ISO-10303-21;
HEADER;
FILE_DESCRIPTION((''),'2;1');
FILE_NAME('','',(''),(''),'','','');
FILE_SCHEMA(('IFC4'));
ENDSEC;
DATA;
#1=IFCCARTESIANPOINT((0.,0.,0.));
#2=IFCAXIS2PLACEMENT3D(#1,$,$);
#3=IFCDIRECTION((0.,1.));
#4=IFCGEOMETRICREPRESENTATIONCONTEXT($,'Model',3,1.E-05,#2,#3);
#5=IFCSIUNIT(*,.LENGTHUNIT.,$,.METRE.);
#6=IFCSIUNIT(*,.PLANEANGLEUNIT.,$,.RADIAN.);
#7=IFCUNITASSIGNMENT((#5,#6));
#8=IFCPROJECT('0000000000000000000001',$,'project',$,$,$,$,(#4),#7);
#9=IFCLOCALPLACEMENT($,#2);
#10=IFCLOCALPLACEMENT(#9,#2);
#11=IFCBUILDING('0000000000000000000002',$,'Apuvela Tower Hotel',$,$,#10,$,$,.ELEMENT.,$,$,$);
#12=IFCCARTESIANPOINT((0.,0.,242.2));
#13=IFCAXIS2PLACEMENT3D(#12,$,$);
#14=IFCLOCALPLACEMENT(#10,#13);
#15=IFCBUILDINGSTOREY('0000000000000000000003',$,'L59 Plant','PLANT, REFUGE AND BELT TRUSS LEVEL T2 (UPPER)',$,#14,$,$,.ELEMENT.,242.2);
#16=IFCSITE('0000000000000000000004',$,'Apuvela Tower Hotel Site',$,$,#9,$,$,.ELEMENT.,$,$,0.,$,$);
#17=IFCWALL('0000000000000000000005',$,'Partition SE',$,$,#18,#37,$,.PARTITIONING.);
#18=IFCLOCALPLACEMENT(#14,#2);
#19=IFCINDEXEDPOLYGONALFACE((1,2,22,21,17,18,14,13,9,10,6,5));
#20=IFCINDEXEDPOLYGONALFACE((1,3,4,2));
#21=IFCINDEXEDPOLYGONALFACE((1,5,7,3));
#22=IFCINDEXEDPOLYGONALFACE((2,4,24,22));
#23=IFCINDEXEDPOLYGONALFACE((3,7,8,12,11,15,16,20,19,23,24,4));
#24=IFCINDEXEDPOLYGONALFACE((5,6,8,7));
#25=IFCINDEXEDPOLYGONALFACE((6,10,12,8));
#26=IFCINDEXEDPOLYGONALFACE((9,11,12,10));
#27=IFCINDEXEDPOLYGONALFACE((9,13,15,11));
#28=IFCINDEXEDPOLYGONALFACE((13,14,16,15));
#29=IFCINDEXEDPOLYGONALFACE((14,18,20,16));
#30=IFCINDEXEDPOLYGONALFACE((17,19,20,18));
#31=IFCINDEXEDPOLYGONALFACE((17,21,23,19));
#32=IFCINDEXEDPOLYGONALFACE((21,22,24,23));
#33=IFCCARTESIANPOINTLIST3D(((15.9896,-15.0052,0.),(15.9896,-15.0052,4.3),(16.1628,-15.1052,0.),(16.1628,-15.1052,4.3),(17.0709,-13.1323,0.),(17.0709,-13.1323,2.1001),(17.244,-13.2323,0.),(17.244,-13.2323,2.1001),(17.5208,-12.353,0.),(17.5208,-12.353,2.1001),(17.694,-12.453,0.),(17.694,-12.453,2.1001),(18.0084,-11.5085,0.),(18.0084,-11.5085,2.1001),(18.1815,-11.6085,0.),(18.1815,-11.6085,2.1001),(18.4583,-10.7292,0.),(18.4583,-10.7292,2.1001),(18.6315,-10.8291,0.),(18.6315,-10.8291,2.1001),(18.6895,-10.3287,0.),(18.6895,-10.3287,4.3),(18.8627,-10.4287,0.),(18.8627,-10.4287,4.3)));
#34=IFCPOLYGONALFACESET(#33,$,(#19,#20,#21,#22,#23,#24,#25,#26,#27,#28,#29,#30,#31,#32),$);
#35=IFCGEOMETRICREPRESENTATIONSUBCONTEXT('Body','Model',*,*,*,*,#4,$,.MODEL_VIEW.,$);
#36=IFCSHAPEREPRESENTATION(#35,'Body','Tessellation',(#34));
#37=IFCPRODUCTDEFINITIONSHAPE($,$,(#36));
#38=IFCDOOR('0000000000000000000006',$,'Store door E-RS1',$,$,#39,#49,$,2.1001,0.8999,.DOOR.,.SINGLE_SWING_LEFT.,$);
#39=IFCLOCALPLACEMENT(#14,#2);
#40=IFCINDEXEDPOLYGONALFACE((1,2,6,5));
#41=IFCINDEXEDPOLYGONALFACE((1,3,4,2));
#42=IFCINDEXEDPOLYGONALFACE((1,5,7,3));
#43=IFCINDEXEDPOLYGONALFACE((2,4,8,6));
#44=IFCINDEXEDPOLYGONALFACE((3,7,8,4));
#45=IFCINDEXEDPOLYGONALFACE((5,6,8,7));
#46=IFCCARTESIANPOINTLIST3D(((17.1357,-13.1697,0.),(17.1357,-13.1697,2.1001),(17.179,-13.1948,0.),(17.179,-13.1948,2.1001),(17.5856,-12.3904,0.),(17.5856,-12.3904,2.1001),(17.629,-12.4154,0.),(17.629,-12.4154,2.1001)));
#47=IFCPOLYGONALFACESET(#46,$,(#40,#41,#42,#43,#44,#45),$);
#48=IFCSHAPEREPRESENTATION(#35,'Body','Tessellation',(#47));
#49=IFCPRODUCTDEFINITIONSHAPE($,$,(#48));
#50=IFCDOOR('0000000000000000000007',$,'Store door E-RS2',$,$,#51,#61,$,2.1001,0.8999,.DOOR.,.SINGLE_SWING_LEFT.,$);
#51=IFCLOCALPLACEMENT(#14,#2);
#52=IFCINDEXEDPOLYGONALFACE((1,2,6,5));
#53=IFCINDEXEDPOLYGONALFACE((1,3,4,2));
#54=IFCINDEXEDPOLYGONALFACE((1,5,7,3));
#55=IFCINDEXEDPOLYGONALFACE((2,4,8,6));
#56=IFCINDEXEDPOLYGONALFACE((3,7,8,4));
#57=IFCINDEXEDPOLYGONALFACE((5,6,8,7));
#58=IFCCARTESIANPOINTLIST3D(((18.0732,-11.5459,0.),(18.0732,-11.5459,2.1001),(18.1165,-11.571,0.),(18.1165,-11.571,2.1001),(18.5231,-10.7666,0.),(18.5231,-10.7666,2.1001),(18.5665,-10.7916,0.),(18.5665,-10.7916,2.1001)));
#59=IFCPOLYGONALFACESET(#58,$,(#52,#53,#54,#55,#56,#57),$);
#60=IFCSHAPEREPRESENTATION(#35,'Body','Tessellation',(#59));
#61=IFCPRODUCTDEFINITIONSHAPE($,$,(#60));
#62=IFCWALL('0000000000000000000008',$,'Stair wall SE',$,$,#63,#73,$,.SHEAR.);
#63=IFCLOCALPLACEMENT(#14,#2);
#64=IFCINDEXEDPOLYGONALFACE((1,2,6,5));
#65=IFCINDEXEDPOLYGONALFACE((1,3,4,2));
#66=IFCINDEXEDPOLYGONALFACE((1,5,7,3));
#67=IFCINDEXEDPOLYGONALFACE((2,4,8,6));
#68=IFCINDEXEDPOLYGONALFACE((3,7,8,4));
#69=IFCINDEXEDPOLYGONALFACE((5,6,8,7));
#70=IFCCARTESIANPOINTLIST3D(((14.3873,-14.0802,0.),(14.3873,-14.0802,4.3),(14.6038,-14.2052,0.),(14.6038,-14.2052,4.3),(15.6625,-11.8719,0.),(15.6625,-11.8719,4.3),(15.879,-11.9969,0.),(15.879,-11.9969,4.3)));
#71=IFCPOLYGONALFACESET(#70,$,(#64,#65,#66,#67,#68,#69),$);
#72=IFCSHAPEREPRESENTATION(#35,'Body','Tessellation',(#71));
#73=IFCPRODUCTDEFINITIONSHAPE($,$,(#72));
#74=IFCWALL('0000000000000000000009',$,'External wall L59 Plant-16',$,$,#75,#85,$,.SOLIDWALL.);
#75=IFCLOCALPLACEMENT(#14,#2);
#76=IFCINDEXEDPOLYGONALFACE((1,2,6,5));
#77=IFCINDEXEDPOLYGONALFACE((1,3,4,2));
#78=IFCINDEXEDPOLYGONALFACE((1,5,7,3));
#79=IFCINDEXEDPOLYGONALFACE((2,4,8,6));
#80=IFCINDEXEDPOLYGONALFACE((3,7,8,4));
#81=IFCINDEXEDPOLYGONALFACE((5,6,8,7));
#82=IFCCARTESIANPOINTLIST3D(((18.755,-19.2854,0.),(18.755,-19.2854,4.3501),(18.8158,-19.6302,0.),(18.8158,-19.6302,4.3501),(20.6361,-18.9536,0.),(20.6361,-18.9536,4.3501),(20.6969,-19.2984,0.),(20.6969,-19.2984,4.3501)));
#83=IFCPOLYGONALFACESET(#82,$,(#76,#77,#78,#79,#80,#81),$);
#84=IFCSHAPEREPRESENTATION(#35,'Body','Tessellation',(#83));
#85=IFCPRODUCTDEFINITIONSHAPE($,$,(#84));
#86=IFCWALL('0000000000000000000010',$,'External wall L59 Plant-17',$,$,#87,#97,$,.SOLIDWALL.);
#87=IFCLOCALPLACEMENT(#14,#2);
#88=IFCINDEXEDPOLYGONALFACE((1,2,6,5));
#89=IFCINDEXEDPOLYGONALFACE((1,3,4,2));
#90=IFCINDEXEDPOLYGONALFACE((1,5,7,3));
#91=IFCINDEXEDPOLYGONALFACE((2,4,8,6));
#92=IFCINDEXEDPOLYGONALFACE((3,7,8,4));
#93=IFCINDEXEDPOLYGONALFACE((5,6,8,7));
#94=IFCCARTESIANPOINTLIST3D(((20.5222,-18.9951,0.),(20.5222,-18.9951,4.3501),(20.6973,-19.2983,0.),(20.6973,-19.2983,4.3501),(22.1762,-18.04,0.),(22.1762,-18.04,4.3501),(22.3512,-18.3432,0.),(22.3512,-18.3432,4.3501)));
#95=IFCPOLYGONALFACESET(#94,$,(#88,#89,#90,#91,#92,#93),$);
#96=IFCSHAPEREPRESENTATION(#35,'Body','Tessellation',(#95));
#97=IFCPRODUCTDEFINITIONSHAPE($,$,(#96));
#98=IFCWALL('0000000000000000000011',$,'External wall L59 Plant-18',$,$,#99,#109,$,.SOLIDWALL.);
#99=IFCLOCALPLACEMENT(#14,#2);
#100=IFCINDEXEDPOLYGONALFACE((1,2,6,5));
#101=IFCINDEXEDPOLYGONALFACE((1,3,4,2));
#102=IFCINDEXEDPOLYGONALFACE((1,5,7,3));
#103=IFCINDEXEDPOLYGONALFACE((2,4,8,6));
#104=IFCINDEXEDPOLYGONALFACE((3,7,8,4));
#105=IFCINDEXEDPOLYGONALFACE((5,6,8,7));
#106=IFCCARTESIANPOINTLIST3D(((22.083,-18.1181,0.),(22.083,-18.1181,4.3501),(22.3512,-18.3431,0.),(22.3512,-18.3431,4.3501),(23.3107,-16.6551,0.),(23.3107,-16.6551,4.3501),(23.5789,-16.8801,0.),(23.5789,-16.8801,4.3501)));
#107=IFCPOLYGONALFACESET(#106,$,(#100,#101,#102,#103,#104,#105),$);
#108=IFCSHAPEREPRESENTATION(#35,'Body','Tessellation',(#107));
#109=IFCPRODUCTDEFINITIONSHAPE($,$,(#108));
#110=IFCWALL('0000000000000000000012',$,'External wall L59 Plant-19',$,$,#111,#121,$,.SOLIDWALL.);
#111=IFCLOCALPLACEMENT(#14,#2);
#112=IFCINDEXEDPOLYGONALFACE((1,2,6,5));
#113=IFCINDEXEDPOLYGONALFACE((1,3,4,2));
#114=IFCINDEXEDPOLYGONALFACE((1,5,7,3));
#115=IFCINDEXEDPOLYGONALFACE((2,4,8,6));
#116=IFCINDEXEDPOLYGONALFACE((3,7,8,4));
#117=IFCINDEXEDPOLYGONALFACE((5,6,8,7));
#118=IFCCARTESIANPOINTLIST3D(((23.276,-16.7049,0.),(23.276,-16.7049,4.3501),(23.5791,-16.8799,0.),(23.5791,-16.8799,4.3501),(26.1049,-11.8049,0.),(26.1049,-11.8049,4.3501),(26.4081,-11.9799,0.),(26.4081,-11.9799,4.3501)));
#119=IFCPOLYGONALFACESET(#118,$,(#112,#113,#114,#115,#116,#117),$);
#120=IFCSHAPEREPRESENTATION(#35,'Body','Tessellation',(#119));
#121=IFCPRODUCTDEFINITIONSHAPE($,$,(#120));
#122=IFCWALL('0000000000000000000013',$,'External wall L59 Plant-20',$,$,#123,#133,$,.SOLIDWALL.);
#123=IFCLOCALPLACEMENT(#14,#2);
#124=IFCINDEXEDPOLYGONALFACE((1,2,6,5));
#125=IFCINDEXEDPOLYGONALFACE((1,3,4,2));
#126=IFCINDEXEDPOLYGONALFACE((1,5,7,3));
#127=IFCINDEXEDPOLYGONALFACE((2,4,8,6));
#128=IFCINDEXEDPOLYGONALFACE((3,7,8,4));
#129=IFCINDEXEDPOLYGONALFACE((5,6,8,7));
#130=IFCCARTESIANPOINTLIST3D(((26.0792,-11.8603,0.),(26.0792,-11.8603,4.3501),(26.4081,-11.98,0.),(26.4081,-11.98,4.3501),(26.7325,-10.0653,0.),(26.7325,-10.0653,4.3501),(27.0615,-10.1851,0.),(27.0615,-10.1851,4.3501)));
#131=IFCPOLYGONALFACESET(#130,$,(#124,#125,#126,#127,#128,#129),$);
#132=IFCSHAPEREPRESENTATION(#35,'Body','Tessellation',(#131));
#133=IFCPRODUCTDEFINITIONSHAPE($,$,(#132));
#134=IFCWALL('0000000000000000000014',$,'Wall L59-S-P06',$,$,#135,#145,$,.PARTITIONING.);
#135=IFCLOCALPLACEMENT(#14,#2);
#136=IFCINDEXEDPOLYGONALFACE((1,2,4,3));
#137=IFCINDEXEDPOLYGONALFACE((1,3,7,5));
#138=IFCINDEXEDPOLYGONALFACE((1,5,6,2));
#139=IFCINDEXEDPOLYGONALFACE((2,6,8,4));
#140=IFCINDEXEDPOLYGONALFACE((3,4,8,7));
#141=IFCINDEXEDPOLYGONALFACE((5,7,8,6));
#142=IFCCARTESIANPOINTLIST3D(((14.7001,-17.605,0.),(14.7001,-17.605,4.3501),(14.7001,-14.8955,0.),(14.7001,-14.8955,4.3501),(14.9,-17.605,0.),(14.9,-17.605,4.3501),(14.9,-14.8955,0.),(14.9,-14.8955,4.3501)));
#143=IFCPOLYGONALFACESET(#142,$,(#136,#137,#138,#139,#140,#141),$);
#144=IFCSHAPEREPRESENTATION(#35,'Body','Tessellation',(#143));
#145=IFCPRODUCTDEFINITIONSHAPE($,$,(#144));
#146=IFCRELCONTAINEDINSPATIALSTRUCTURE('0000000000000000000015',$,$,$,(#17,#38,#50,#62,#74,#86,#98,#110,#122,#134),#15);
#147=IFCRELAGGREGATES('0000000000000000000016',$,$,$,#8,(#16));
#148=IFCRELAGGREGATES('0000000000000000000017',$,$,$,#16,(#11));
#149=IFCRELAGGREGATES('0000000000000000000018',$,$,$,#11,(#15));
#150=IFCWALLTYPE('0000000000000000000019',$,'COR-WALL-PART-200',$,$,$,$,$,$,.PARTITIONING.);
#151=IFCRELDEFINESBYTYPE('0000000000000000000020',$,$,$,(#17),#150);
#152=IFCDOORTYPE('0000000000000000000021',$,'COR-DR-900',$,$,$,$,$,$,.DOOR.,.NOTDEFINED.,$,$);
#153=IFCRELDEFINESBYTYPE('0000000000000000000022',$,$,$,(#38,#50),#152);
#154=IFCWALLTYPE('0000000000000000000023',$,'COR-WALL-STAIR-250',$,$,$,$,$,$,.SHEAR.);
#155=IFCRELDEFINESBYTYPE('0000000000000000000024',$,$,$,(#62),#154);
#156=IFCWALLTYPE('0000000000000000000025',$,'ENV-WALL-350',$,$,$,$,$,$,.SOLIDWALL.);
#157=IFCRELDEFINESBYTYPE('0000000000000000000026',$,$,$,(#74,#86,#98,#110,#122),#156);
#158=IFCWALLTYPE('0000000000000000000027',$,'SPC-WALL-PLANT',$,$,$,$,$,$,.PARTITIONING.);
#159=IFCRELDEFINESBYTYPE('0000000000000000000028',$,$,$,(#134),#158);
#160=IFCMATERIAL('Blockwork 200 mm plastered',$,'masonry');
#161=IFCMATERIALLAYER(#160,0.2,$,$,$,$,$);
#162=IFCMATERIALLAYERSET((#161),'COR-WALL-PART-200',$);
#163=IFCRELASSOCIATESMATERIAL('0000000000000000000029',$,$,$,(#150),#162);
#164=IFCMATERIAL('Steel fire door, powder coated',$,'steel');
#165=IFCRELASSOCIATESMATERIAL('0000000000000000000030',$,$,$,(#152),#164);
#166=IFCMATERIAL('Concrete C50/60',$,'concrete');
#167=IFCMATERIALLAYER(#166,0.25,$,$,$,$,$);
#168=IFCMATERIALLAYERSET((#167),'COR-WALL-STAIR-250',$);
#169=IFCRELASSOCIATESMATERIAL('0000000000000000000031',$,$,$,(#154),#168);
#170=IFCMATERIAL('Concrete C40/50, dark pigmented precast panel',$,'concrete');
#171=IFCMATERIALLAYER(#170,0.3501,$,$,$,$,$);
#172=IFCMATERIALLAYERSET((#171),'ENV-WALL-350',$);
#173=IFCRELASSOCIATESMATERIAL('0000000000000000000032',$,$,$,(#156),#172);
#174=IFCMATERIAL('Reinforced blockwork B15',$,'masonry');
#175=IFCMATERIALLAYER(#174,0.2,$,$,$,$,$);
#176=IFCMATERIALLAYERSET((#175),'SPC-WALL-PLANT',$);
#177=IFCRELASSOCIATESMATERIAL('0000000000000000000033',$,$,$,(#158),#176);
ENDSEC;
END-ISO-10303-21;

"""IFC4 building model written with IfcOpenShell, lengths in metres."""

from ifc_helpers import new_model, si_unit, direction, frame, frame_2d, origin, place, context, subcontext, project, spatial, rectangle, extrude, material, layer, layer_set, type_object, element, fill, save


model = new_model("IFC4")

# Units and contexts
model_context = context("Model", 3, precision=1e-05, world=origin(), true_north=direction((0.0, 1.0)))
body_context = subcontext(model_context, "Body", "Model", "MODEL_VIEW")
ifc_project = project(units=[si_unit("LENGTHUNIT", "METRE"), si_unit("PLANEANGLEUNIT", "RADIAN")], contexts=[model_context])

# Site, building, storey
site_placement = place(None, origin())
site = spatial("IfcSite", under=ifc_project, at=site_placement, Name="Apuvela Tower Hotel Site", CompositionType="ELEMENT", RefElevation=0.0)
building_placement = place(site_placement, origin())
building = spatial("IfcBuilding", under=site, at=building_placement, Name="Apuvela Tower Hotel", CompositionType="ELEMENT")
storey_placement = place(building_placement, frame((0.0, 0.0, 242.2)))
storey = spatial("IfcBuildingStorey", under=building, at=storey_placement, Name="L59 Plant", Description="PLANT, REFUGE AND BELT TRUSS LEVEL T2 (UPPER)", CompositionType="ELEMENT", Elevation=242.2)

# Wall, openings, doors
ifc_material_1 = material(Name="Blockwork 200 mm plastered", Category="masonry")
ifc_layer_1 = layer(ifc_material_1, 0.2)
ifc_layer_set_1 = layer_set([ifc_layer_1], Name="COR-WALL-PART-200")
wall_type_1 = type_object("IfcWallType", Name="COR-WALL-PART-200", PredefinedType="PARTITIONING", material=ifc_layer_set_1)
wall_1_placement = place(storey_placement, frame((16.0762, -15.0552, 0.0), z_axis=(0.0, 0.0, 1.0), x_axis=(0.499995, 0.866028, 0.0)))
wall_1 = element("IfcWall", 1, at=wall_1_placement, inside=storey, type_object=wall_type_1, Name="Partition SE", PredefinedType="PARTITIONING", context=body_context, shape_type="SweptSolid", body=[
    extrude(rectangle(XDim=5.3999, YDim=0.2, at=frame_2d((2.7, 0.0))), origin(), (0.0, 0.0, 1.0), 4.3),
])
opening_1_placement = place(wall_1_placement, frame((2.1626, 0.0, 0.0)))
opening_1 = element("IfcOpeningElement", 2, at=opening_1_placement, cuts=wall_1, PredefinedType="OPENING", context=body_context, shape_type="SweptSolid", body=[
    extrude(rectangle(XDim=0.8999, YDim=2.1001, at=frame_2d((0.45, 1.05))), frame((0.0, 0.1099, 0.0), z_axis=(0.0, -1.0, 0.0), x_axis=(1.0, 0.0, 0.0)), (0.0, 0.0, 1.0), 0.22),
])
opening_2_placement = place(wall_1_placement, frame((4.0376, 0.0, 0.0)))
opening_2 = element("IfcOpeningElement", 3, at=opening_2_placement, cuts=wall_1, PredefinedType="OPENING", context=body_context, shape_type="SweptSolid", body=[
    extrude(rectangle(XDim=0.8999, YDim=2.1001, at=frame_2d((0.45, 1.05))), frame((0.0, 0.1099, 0.0), z_axis=(0.0, -1.0, 0.0), x_axis=(1.0, 0.0, 0.0)), (0.0, 0.0, 1.0), 0.22),
])
ifc_material_2 = material(Name="Steel fire door, powder coated", Category="steel")
door_type_1 = type_object("IfcDoorType", Name="COR-DR-900", OperationType="NOTDEFINED", PredefinedType="DOOR", material=ifc_material_2)
door_1_placement = place(opening_1_placement, frame((0.8999, 0.0, 0.0), z_axis=(0.0, 0.0, 1.0), x_axis=(-1.0, 0.0, 0.0)))
door_1 = element("IfcDoor", 4, at=door_1_placement, inside=storey, type_object=door_type_1, Name="Store door E-RS1", OperationType="SINGLE_SWING_LEFT", OverallHeight=2.1001, OverallWidth=0.8999, PredefinedType="DOOR", context=body_context, shape_type="SweptSolid", body=[
    extrude(rectangle(XDim=0.8999, YDim=2.1001, at=frame_2d((0.45, 1.05))), frame((0.0, 0.0249, 0.0), z_axis=(0.0, -1.0, 0.0), x_axis=(1.0, 0.0, 0.0)), (0.0, 0.0, 1.0), 0.05),
])
fill(opening_1, door_1)
door_2_placement = place(opening_2_placement, frame((0.8999, 0.0, 0.0), z_axis=(0.0, 0.0, 1.0), x_axis=(-1.0, 0.0, 0.0)))
door_2 = element("IfcDoor", 5, at=door_2_placement, inside=storey, type_object=door_type_1, Name="Store door E-RS2", OperationType="SINGLE_SWING_LEFT", OverallHeight=2.1001, OverallWidth=0.8999, PredefinedType="DOOR", context=body_context, shape_type="SweptSolid", body=[
    extrude(rectangle(XDim=0.8999, YDim=2.1001, at=frame_2d((0.45, 1.05))), frame((0.0, 0.0249, 0.0), z_axis=(0.0, -1.0, 0.0), x_axis=(1.0, 0.0, 0.0)), (0.0, 0.0, 1.0), 0.05),
])
fill(opening_2, door_2)

# Walls
ifc_material_3 = material(Name="Concrete C50/60", Category="concrete")
ifc_layer_2 = layer(ifc_material_3, 0.25)
ifc_layer_set_2 = layer_set([ifc_layer_2], Name="COR-WALL-STAIR-250")
wall_type_2 = type_object("IfcWallType", Name="COR-WALL-STAIR-250", PredefinedType="SHEAR", material=ifc_layer_set_2)
wall_2_placement = place(storey_placement, frame((14.4956, -14.1426, 0.0), z_axis=(0.0, 0.0, 1.0), x_axis=(0.500062, 0.865989, 0.0)))
element("IfcWall", 6, at=wall_2_placement, inside=storey, type_object=wall_type_2, Name="Stair wall SE", PredefinedType="SHEAR", context=body_context, shape_type="SweptSolid", body=[
    extrude(rectangle(XDim=2.55, YDim=0.25, at=frame_2d((1.2749, 0.0))), origin(), (0.0, 0.0, 1.0), 4.3),
])
ifc_material_4 = material(Name="Concrete C40/50, dark pigmented precast panel", Category="concrete")
ifc_layer_3 = layer(ifc_material_4, 0.3501)
ifc_layer_set_3 = layer_set([ifc_layer_3], Name="ENV-WALL-350")
wall_type_3 = type_object("IfcWallType", Name="ENV-WALL-350", PredefinedType="SOLIDWALL", material=ifc_layer_set_3)
wall_3_placement = place(storey_placement, frame((18.7854, -19.4578, 0.0), z_axis=(0.0, 0.0, 1.0), x_axis=(0.984799, 0.173698, 0.0)))
element("IfcWall", 7, at=wall_3_placement, inside=storey, type_object=wall_type_3, Name="External wall L59 Plant-16", PredefinedType="SOLIDWALL", context=body_context, shape_type="SweptSolid", body=[
    extrude(rectangle(XDim=1.9102, YDim=0.3501, at=frame_2d((0.9551, 0.0))), origin(), (0.0, 0.0, 1.0), 4.3501),
])
for number, where, z_axis, x_axis, name in (
    (8, (20.6096, -19.1467, 0.0), (0.0, 0.0, 1.0), (0.866, 0.500043, 0.0), "External wall L59 Plant-17"),
    (9, (22.217, -18.2307, 0.0), (0.0, 0.0, 1.0), (0.642808, 0.766027, 0.0), "External wall L59 Plant-18"),
):
    element("IfcWall", number, at=place(storey_placement, frame(where, z_axis=z_axis, x_axis=x_axis)), inside=storey, type_object=wall_type_3, Name=name, PredefinedType="SOLIDWALL", context=body_context, shape_type="SweptSolid", body=[
        extrude(rectangle(XDim=1.9099, YDim=0.3501, at=frame_2d((0.9551, 0.0))), origin(), (0.0, 0.0, 1.0), 4.3501),
    ])
wall_4_placement = place(storey_placement, frame((23.4275, -16.7925, 0.0), z_axis=(0.0, 0.0, 1.0), x_axis=(0.499986, 0.866033, 0.0)))
element("IfcWall", 10, at=wall_4_placement, inside=storey, type_object=wall_type_3, Name="External wall L59 Plant-19", PredefinedType="SOLIDWALL", context=body_context, shape_type="SweptSolid", body=[
    extrude(rectangle(XDim=5.658, YDim=0.3501, at=frame_2d((2.8291, 0.0))), origin(), (0.0, 0.0, 1.0), 4.3501),
])
wall_5_placement = place(storey_placement, frame((26.2437, -11.9202, 0.0), z_axis=(0.0, 0.0, 1.0), x_axis=(0.34203, 0.939689, 0.0)))
element("IfcWall", 11, at=wall_5_placement, inside=storey, type_object=wall_type_3, Name="External wall L59 Plant-20", PredefinedType="SOLIDWALL", context=body_context, shape_type="SweptSolid", body=[
    extrude(rectangle(XDim=1.9102, YDim=0.3501, at=frame_2d((0.9551, 0.0))), origin(), (0.0, 0.0, 1.0), 4.3501),
])
ifc_material_5 = material(Name="Reinforced blockwork B15", Category="masonry")
ifc_layer_4 = layer(ifc_material_5, 0.2)
ifc_layer_set_4 = layer_set([ifc_layer_4], Name="SPC-WALL-PLANT")
wall_type_4 = type_object("IfcWallType", Name="SPC-WALL-PLANT", PredefinedType="PARTITIONING", material=ifc_layer_set_4)
wall_6_placement = place(storey_placement, frame((14.8, -17.605, 0.0), z_axis=(0.0, 0.0, 1.0), x_axis=(0.0, 1.0, 0.0)))
element("IfcWall", 12, at=wall_6_placement, inside=storey, type_object=wall_type_4, Name="Wall L59-S-P06", PredefinedType="PARTITIONING", context=body_context, shape_type="SweptSolid", body=[
    extrude(rectangle(XDim=2.7095, YDim=0.2, at=frame_2d((1.3547, 0.0))), origin(), (0.0, 0.0, 1.0), 4.3501),
])

save(model, "model.ifc")
